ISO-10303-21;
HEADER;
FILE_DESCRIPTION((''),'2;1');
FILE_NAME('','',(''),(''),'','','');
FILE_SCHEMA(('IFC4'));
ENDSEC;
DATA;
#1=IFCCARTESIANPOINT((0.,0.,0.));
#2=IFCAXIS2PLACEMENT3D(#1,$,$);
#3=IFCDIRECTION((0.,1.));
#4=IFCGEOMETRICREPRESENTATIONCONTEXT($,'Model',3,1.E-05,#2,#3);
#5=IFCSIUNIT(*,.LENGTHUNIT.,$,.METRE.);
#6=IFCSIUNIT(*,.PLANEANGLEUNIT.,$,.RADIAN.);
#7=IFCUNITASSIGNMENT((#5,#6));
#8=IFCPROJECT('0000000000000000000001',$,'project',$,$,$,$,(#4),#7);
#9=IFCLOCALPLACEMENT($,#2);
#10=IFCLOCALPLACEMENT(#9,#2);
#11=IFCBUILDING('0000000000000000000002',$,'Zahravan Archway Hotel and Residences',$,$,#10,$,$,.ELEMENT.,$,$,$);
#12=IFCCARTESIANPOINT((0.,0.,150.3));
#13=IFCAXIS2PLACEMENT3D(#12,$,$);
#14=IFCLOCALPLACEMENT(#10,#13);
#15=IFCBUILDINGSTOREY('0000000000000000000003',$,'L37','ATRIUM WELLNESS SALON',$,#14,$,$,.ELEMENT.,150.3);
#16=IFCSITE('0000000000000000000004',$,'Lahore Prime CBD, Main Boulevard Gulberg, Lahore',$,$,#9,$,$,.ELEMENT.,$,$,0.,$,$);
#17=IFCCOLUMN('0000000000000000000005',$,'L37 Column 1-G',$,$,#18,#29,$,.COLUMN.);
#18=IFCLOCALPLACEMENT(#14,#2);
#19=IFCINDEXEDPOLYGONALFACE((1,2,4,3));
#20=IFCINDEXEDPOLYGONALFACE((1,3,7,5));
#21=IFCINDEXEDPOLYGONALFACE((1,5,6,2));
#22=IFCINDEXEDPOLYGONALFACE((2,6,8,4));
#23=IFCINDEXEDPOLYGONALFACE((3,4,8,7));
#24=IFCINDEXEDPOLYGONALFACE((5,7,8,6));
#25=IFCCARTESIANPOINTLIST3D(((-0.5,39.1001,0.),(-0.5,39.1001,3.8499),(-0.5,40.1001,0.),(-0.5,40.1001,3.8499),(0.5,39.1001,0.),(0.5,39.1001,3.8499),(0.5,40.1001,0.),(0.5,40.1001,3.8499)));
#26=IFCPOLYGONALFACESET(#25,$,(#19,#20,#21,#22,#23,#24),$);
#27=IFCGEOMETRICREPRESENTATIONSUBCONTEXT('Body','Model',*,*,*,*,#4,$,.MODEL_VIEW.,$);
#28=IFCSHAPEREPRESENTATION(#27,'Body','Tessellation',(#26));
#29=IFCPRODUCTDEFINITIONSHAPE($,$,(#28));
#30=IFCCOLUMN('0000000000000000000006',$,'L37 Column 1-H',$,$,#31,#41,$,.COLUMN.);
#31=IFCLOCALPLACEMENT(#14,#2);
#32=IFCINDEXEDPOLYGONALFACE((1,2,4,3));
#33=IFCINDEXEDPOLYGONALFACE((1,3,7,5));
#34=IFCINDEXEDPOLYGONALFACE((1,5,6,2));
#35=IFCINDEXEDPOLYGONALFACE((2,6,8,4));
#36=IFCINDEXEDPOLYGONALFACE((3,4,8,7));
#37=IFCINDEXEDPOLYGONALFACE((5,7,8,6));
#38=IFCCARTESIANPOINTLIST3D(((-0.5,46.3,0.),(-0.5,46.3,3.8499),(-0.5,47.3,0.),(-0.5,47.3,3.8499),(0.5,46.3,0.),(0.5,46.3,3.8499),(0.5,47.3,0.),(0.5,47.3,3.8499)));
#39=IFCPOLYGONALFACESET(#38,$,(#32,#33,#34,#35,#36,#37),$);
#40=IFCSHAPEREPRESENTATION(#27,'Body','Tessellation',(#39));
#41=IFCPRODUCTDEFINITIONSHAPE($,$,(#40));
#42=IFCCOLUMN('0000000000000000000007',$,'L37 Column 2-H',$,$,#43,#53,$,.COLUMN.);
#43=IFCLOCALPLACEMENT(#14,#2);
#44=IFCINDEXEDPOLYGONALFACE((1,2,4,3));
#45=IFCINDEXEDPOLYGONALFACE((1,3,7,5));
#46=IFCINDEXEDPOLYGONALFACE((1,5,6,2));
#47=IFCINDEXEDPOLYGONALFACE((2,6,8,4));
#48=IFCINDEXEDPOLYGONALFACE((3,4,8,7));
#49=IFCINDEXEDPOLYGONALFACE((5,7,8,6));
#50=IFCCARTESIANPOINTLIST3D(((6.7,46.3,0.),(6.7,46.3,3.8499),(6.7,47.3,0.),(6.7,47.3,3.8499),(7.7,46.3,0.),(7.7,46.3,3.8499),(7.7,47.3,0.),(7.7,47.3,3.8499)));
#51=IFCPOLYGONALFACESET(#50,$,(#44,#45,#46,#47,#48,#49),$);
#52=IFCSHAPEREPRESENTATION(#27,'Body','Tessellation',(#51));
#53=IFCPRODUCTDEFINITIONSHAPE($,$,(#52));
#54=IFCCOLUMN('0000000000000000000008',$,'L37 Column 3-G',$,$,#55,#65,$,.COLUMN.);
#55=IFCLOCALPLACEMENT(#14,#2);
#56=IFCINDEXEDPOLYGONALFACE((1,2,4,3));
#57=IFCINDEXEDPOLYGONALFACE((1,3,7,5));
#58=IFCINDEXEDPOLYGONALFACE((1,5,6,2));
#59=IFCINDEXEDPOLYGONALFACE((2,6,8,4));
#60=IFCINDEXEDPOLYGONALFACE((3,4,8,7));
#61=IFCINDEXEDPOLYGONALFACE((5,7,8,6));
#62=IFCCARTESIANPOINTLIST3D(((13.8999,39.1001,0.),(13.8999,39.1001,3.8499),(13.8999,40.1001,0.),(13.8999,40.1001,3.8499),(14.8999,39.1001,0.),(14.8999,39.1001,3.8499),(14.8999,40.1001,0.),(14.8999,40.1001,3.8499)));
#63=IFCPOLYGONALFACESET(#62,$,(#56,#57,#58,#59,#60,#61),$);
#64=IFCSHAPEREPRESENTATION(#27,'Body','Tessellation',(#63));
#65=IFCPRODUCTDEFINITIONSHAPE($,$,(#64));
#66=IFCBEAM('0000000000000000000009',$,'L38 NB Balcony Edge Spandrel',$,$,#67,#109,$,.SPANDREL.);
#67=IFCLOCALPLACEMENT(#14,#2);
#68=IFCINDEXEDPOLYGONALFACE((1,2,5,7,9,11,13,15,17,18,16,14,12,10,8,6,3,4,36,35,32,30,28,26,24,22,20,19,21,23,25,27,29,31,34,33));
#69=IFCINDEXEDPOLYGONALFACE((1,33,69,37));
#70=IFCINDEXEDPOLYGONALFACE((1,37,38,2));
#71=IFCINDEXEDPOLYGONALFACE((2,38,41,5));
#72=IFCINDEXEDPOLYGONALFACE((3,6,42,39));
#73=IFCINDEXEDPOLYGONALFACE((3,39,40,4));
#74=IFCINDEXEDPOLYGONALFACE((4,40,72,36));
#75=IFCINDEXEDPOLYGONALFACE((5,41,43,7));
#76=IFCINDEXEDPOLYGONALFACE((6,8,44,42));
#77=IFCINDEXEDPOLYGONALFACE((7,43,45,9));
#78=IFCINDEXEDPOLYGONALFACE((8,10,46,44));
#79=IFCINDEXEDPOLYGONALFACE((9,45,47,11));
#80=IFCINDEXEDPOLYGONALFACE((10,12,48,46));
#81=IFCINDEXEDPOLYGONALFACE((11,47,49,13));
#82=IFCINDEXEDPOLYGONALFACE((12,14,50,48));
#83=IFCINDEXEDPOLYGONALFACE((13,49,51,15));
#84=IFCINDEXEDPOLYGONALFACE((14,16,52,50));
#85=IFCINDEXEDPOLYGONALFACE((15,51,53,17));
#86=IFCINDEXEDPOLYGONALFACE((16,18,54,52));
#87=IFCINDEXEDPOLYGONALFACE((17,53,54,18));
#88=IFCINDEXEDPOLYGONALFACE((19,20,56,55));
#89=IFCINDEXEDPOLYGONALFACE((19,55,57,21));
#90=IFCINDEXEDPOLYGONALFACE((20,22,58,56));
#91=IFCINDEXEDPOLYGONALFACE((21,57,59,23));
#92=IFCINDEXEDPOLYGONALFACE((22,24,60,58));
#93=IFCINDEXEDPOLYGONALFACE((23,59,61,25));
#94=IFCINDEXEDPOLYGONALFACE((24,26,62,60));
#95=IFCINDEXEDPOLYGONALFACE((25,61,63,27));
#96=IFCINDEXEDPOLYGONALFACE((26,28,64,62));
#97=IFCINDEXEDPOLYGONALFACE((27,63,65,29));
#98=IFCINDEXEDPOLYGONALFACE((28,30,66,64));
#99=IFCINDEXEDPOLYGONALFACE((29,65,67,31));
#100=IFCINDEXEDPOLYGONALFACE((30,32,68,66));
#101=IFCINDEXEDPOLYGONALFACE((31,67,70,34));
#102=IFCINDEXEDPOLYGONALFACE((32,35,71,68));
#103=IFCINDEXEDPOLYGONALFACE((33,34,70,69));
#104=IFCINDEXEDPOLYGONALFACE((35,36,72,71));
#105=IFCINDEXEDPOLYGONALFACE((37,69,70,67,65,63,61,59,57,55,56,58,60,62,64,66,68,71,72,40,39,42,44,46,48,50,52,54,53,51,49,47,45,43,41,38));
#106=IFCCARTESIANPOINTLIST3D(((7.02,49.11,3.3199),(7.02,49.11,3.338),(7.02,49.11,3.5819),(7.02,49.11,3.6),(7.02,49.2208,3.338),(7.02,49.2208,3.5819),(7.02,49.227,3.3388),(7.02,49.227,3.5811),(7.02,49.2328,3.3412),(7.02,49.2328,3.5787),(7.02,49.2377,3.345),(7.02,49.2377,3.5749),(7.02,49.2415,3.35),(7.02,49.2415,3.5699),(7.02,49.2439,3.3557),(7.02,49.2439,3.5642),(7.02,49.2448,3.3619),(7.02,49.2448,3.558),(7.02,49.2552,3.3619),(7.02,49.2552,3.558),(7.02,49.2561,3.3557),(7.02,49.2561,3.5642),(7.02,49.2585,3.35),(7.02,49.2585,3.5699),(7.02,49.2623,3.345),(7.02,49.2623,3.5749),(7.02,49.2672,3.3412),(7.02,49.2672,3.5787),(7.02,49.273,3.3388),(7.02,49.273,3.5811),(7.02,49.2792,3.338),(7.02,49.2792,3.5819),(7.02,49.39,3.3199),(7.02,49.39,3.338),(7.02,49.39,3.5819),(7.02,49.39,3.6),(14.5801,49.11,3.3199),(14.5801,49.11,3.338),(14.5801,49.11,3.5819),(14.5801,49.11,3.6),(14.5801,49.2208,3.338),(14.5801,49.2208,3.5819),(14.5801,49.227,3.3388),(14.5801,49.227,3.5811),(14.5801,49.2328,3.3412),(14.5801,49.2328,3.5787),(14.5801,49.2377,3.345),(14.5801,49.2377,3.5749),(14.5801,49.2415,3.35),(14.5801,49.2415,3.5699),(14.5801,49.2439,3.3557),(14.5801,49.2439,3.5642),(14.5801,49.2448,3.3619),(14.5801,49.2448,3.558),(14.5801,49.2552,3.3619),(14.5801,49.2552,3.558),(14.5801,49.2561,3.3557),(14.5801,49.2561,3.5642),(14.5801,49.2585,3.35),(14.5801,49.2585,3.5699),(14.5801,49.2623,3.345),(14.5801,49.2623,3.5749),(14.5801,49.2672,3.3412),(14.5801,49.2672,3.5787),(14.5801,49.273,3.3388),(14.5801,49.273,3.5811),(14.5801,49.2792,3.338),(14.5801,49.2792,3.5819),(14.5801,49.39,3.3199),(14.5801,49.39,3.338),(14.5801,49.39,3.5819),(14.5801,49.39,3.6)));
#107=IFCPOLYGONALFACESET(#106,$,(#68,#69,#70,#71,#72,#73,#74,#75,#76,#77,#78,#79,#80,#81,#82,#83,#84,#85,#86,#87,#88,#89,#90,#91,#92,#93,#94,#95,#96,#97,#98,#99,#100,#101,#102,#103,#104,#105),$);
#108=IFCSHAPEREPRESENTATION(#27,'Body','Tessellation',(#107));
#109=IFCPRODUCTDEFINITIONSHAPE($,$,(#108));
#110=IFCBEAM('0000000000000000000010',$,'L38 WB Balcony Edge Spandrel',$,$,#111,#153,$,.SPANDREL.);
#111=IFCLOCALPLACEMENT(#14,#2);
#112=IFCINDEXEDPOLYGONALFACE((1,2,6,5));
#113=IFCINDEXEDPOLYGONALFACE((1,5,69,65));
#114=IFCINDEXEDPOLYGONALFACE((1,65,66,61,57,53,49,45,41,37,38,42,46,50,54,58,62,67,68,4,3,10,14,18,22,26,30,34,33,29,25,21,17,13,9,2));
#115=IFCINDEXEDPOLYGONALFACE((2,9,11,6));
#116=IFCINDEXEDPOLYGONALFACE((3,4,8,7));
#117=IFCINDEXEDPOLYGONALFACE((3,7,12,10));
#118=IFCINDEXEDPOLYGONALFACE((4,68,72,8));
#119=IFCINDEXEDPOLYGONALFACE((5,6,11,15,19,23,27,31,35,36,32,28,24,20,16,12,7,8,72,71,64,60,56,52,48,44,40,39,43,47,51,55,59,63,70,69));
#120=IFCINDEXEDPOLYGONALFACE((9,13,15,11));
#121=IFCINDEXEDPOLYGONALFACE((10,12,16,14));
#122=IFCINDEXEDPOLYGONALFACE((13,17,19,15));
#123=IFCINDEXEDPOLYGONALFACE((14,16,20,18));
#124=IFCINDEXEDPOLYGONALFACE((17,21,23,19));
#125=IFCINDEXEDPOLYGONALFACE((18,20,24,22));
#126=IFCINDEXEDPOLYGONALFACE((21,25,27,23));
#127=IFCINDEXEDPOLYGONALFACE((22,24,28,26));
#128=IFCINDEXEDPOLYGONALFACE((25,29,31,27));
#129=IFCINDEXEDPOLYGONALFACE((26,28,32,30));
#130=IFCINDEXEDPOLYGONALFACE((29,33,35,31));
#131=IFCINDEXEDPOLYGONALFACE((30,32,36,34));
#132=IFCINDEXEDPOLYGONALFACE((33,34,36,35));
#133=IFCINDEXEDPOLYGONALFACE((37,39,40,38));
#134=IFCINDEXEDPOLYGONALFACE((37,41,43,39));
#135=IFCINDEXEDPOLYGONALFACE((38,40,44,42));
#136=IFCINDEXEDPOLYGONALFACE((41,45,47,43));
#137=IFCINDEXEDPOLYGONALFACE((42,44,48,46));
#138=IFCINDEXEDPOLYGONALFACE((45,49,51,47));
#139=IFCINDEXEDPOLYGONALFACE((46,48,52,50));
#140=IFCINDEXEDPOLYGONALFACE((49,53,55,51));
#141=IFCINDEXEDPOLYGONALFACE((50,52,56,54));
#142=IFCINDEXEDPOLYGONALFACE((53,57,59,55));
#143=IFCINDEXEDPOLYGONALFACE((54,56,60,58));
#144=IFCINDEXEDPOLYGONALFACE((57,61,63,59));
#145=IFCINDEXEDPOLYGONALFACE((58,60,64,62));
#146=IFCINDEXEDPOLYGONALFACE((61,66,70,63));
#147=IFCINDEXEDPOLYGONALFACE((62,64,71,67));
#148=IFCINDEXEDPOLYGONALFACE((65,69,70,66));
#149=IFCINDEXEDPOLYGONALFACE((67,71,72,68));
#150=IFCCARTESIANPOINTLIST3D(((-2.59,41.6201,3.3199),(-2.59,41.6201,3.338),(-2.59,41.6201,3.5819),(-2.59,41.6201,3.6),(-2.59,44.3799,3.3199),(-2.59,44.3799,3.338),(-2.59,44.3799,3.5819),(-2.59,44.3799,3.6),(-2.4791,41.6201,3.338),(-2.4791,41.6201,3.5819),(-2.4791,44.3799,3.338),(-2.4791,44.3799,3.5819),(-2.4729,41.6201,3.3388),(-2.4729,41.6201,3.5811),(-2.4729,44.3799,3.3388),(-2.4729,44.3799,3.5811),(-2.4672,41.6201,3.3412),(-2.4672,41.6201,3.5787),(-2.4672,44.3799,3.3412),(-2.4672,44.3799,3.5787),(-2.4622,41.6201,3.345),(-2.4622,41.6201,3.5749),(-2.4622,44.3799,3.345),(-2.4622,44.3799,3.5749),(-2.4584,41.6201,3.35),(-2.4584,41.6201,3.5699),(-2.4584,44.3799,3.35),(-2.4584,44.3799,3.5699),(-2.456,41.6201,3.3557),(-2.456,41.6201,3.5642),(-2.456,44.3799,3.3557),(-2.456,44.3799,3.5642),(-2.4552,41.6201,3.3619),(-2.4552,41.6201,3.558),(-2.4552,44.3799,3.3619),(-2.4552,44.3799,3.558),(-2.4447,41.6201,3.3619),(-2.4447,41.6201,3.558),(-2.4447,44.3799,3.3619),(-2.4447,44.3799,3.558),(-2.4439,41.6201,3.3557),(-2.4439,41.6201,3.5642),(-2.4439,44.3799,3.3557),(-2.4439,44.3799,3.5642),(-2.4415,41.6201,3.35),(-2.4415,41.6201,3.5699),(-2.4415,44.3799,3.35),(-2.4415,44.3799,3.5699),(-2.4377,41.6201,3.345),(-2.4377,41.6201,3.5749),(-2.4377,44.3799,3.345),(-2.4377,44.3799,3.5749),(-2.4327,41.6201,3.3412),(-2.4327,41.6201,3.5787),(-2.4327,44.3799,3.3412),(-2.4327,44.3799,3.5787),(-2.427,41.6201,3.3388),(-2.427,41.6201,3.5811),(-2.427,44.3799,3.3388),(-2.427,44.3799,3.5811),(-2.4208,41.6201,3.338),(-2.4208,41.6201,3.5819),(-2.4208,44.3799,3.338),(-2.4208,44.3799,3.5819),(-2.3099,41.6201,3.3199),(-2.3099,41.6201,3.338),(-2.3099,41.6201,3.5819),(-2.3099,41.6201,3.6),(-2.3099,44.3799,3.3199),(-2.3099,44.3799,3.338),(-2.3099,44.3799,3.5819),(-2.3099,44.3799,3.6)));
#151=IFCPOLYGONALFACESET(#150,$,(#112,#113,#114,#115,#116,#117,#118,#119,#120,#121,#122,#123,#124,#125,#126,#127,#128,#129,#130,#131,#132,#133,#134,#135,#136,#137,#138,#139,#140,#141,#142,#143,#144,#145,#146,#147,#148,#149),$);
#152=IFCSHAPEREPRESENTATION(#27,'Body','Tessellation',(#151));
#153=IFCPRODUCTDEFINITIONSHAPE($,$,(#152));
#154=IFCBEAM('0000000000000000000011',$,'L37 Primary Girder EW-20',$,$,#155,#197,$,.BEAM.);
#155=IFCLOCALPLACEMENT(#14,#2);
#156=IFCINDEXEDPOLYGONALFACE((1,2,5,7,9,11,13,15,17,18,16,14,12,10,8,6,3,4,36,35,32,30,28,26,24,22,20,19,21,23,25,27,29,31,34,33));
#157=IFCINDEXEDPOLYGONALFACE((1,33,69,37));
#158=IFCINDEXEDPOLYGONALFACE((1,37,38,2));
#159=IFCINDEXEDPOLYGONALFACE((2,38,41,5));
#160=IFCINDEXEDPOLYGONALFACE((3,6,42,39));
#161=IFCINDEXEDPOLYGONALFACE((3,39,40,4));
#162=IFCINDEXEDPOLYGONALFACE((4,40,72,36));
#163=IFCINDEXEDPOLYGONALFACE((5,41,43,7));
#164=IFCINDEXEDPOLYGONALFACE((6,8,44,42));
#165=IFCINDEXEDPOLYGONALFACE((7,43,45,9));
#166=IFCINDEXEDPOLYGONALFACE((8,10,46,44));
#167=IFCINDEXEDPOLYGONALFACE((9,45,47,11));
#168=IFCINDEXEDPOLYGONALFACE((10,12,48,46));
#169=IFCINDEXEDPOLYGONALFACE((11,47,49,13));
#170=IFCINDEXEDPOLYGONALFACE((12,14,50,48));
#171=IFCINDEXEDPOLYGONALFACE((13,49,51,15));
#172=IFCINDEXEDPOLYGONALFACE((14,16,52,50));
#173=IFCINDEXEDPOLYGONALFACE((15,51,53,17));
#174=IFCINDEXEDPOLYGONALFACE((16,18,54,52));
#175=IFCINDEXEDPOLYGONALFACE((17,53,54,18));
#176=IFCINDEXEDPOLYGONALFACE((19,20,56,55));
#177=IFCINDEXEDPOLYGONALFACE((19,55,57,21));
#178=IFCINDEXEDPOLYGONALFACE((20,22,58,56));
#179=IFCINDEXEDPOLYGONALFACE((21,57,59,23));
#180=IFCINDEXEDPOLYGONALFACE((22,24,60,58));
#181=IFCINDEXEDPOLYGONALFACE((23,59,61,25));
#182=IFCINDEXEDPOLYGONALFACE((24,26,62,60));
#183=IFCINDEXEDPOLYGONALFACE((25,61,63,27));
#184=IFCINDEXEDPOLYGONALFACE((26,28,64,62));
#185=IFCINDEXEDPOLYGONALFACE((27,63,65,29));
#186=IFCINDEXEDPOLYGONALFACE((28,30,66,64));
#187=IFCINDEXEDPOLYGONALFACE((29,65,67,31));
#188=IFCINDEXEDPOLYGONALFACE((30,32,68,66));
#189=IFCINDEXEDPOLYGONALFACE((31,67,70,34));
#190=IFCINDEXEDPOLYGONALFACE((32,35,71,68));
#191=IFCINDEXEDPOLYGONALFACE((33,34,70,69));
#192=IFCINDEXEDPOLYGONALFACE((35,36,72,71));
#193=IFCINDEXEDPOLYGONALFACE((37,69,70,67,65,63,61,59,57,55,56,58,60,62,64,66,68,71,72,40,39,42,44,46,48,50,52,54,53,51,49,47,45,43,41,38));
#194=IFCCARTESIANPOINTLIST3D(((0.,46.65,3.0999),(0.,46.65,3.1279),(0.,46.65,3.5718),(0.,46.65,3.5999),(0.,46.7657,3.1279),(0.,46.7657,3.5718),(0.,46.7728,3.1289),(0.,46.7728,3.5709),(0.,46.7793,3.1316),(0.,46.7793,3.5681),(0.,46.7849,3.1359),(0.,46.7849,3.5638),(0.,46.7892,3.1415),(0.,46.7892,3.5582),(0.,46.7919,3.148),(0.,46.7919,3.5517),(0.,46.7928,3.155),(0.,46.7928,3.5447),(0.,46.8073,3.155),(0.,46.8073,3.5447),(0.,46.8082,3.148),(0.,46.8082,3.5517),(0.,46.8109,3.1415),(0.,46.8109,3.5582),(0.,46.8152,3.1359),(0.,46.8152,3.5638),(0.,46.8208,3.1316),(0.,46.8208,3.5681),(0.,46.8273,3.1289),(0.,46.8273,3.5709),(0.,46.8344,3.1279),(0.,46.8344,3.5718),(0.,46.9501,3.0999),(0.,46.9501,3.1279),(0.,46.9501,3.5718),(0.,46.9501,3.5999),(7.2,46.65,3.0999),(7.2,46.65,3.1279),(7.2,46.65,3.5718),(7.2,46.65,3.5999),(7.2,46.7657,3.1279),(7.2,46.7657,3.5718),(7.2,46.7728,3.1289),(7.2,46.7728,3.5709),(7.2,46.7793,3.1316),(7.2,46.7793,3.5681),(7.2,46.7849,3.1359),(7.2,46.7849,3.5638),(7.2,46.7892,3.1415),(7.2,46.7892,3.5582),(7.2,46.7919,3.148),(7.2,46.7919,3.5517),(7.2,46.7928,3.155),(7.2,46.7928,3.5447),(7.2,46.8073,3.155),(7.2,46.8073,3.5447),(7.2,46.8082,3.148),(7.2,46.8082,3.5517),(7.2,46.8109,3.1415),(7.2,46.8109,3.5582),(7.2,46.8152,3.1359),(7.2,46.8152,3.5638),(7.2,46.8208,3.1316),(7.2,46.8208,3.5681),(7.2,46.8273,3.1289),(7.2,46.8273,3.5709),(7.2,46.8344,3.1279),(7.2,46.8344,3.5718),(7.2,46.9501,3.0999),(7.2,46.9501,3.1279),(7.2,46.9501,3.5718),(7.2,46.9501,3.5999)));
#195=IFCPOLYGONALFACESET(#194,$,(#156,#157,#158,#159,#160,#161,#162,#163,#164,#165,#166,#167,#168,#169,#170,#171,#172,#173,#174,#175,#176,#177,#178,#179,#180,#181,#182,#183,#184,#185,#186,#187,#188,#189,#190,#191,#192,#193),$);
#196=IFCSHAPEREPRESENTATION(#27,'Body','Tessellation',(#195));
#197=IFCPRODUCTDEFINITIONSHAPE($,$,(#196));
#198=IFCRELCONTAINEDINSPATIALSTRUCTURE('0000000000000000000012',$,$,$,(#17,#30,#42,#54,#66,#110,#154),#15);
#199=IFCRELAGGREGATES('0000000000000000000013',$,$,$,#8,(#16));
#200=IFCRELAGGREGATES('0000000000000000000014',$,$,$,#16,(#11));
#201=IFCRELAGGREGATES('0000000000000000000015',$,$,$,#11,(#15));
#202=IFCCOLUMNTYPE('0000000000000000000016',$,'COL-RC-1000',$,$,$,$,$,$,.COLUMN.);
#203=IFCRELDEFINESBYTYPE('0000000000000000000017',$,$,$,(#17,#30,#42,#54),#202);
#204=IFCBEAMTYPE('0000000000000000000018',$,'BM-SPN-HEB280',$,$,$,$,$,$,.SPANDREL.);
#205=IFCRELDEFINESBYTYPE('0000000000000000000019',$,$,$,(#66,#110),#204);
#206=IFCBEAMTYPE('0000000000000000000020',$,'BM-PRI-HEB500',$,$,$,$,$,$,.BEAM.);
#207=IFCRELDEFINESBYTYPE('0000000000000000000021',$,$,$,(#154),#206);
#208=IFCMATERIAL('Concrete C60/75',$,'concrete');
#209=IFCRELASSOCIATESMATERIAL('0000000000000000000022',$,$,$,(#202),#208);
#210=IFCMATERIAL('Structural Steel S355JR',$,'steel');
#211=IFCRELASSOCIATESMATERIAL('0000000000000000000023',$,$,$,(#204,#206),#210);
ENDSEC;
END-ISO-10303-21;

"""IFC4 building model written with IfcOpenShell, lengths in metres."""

from ifc_helpers import new_model, si_unit, direction, frame, origin, origin_2d, place, context, subcontext, project, spatial, rectangle, i_section, extrude, source, transform, mapped, material, material_profile, profile_set, type_object, type_shapes, element, save


model = new_model("IFC4")

# Units and contexts
model_context = context("Model", 3, precision=1e-05, world=origin(), true_north=direction((0.0, 1.0)))
body_context = subcontext(model_context, "Body", "Model", "MODEL_VIEW")
ifc_project = project(units=[si_unit("LENGTHUNIT", "METRE"), si_unit("PLANEANGLEUNIT", "RADIAN")], contexts=[model_context])

# Site, building, storey
site_placement = place(None, origin())
site = spatial("IfcSite", under=ifc_project, at=site_placement, Name="Lahore Prime CBD, Main Boulevard Gulberg, Lahore", CompositionType="ELEMENT", RefElevation=0.0)
building_placement = place(site_placement, origin())
building = spatial("IfcBuilding", under=site, at=building_placement, Name="Zahravan Archway Hotel and Residences", CompositionType="ELEMENT")
storey_placement = place(building_placement, frame((0.0, 0.0, 150.3)))
storey = spatial("IfcBuildingStorey", under=building, at=storey_placement, Name="L37", Description="ATRIUM WELLNESS SALON", CompositionType="ELEMENT", Elevation=150.3)

# Columns
ifc_material_1 = material(Name="Concrete C60/75", Category="concrete")
ifc_material_profile_1 = material_profile(ifc_material_1, rectangle(XDim=1.0, YDim=1.0, at=origin_2d()), Name="RC-COL-1000x1000", Category="concrete")
ifc_profile_set_1 = profile_set([ifc_material_profile_1], Name="Concrete C60/75")
column_type = type_object("IfcColumnType", Name="COL-RC-1000", PredefinedType="COLUMN", material=ifc_profile_set_1)
shared_shape_1 = source(origin(), body_context, "Body", "SweptSolid", [
    extrude(rectangle(XDim=1.0, YDim=1.0, at=origin_2d()), origin(), (0.0, 0.0, 1.0), 3.8499),
])
for number, where, z_axis, x_axis, name in (
    (1, (0.0, 39.6001, 0.0), (0.0, 0.0, 1.0), (1.0, 0.0, 0.0), "L37 Column 1-G"),
    (2, (0.0, 46.8, 0.0), (0.0, 0.0, 1.0), (1.0, 0.0, 0.0), "L37 Column 1-H"),
    (3, (7.2, 46.8, 0.0), (0.0, 0.0, 1.0), (1.0, 0.0, 0.0), "L37 Column 2-H"),
    (4, (14.3999, 39.6001, 0.0), (0.0, 0.0, 1.0), (1.0, 0.0, 0.0), "L37 Column 3-G"),
):
    element("IfcColumn", number, at=place(storey_placement, frame(where, z_axis=z_axis, x_axis=x_axis)), inside=storey, type_object=column_type, Name=name, PredefinedType="COLUMN", context=body_context, shape_type="MappedRepresentation", body=[
        mapped(shared_shape_1, transform((0.0, 0.0, 0.0), scale=1.0)),
    ])

# Beams
ifc_material_2 = material(Name="Structural Steel S355JR", Category="steel")
ifc_material_profile_2 = material_profile(ifc_material_2, i_section(OverallWidth=0.28, OverallDepth=0.28, WebThickness=0.0105, FlangeThickness=0.0181, FilletRadius=0.0239, at=origin_2d()), Name="HEB 280", Category="steel")
ifc_profile_set_2 = profile_set([ifc_material_profile_2], Name="Structural Steel S355JR")
beam_type_1 = type_object("IfcBeamType", Name="BM-SPN-HEB280", PredefinedType="SPANDREL", material=ifc_profile_set_2)
shared_shape_2 = source(origin(), body_context, "Body", "SweptSolid", [
    extrude(i_section(OverallWidth=0.28, OverallDepth=0.28, WebThickness=0.0105, FlangeThickness=0.0181, FilletRadius=0.0239, at=origin_2d()), origin(), (0.0, 0.0, 1.0), 7.5601),
])
type_shapes(beam_type_1, [shared_shape_2])
beam_1_placement = place(storey_placement, frame((7.02, 49.25, 3.46), z_axis=(1.0, 0.0, 0.0), x_axis=(0.0, 1.0, 0.0)))
element("IfcBeam", 5, at=beam_1_placement, inside=storey, type_object=beam_type_1, Name="L38 NB Balcony Edge Spandrel", PredefinedType="SPANDREL", context=body_context, shape_type="MappedRepresentation", body=[
    mapped(shared_shape_2, transform((0.0, 0.0, 0.0), scale=1.0)),
])
shared_shape_3 = source(origin(), body_context, "Body", "SweptSolid", [
    extrude(i_section(OverallWidth=0.28, OverallDepth=0.28, WebThickness=0.0105, FlangeThickness=0.0181, FilletRadius=0.0239, at=origin_2d()), origin(), (0.0, 0.0, 1.0), 2.7598),
])
beam_2_placement = place(storey_placement, frame((-2.45, 41.6201, 3.46), z_axis=(0.0, 1.0, 0.0), x_axis=(-1.0, 0.0, 0.0)))
element("IfcBeam", 6, at=beam_2_placement, inside=storey, type_object=beam_type_1, Name="L38 WB Balcony Edge Spandrel", PredefinedType="SPANDREL", context=body_context, shape_type="MappedRepresentation", body=[
    mapped(shared_shape_3, transform((0.0, 0.0, 0.0), scale=1.0)),
])
ifc_material_profile_3 = material_profile(ifc_material_2, i_section(OverallWidth=0.3, OverallDepth=0.5, WebThickness=0.0144, FlangeThickness=0.0281, FilletRadius=0.0271, at=origin_2d()), Name="HEB 500", Category="steel")
ifc_profile_set_3 = profile_set([ifc_material_profile_3], Name="Structural Steel S355JR")
beam_type_2 = type_object("IfcBeamType", Name="BM-PRI-HEB500", PredefinedType="BEAM", material=ifc_profile_set_3)
shared_shape_4 = source(origin(), body_context, "Body", "SweptSolid", [
    extrude(i_section(OverallWidth=0.3, OverallDepth=0.5, WebThickness=0.0144, FlangeThickness=0.0281, FilletRadius=0.0271, at=origin_2d()), origin(), (0.0, 0.0, 1.0), 7.2),
])
for number, where, z_axis, x_axis, name in (
    (7, (0.0, 46.8, 3.3499), (1.0, 0.0, 0.0), (0.0, 1.0, 0.0), "L37 Primary Girder EW-20"),
):
    element("IfcBeam", number, at=place(storey_placement, frame(where, z_axis=z_axis, x_axis=x_axis)), inside=storey, type_object=beam_type_2, Name=name, PredefinedType="BEAM", context=body_context, shape_type="MappedRepresentation", body=[
        mapped(shared_shape_4, transform((0.0, 0.0, 0.0), scale=1.0)),
    ])

save(model, "model.ifc")
